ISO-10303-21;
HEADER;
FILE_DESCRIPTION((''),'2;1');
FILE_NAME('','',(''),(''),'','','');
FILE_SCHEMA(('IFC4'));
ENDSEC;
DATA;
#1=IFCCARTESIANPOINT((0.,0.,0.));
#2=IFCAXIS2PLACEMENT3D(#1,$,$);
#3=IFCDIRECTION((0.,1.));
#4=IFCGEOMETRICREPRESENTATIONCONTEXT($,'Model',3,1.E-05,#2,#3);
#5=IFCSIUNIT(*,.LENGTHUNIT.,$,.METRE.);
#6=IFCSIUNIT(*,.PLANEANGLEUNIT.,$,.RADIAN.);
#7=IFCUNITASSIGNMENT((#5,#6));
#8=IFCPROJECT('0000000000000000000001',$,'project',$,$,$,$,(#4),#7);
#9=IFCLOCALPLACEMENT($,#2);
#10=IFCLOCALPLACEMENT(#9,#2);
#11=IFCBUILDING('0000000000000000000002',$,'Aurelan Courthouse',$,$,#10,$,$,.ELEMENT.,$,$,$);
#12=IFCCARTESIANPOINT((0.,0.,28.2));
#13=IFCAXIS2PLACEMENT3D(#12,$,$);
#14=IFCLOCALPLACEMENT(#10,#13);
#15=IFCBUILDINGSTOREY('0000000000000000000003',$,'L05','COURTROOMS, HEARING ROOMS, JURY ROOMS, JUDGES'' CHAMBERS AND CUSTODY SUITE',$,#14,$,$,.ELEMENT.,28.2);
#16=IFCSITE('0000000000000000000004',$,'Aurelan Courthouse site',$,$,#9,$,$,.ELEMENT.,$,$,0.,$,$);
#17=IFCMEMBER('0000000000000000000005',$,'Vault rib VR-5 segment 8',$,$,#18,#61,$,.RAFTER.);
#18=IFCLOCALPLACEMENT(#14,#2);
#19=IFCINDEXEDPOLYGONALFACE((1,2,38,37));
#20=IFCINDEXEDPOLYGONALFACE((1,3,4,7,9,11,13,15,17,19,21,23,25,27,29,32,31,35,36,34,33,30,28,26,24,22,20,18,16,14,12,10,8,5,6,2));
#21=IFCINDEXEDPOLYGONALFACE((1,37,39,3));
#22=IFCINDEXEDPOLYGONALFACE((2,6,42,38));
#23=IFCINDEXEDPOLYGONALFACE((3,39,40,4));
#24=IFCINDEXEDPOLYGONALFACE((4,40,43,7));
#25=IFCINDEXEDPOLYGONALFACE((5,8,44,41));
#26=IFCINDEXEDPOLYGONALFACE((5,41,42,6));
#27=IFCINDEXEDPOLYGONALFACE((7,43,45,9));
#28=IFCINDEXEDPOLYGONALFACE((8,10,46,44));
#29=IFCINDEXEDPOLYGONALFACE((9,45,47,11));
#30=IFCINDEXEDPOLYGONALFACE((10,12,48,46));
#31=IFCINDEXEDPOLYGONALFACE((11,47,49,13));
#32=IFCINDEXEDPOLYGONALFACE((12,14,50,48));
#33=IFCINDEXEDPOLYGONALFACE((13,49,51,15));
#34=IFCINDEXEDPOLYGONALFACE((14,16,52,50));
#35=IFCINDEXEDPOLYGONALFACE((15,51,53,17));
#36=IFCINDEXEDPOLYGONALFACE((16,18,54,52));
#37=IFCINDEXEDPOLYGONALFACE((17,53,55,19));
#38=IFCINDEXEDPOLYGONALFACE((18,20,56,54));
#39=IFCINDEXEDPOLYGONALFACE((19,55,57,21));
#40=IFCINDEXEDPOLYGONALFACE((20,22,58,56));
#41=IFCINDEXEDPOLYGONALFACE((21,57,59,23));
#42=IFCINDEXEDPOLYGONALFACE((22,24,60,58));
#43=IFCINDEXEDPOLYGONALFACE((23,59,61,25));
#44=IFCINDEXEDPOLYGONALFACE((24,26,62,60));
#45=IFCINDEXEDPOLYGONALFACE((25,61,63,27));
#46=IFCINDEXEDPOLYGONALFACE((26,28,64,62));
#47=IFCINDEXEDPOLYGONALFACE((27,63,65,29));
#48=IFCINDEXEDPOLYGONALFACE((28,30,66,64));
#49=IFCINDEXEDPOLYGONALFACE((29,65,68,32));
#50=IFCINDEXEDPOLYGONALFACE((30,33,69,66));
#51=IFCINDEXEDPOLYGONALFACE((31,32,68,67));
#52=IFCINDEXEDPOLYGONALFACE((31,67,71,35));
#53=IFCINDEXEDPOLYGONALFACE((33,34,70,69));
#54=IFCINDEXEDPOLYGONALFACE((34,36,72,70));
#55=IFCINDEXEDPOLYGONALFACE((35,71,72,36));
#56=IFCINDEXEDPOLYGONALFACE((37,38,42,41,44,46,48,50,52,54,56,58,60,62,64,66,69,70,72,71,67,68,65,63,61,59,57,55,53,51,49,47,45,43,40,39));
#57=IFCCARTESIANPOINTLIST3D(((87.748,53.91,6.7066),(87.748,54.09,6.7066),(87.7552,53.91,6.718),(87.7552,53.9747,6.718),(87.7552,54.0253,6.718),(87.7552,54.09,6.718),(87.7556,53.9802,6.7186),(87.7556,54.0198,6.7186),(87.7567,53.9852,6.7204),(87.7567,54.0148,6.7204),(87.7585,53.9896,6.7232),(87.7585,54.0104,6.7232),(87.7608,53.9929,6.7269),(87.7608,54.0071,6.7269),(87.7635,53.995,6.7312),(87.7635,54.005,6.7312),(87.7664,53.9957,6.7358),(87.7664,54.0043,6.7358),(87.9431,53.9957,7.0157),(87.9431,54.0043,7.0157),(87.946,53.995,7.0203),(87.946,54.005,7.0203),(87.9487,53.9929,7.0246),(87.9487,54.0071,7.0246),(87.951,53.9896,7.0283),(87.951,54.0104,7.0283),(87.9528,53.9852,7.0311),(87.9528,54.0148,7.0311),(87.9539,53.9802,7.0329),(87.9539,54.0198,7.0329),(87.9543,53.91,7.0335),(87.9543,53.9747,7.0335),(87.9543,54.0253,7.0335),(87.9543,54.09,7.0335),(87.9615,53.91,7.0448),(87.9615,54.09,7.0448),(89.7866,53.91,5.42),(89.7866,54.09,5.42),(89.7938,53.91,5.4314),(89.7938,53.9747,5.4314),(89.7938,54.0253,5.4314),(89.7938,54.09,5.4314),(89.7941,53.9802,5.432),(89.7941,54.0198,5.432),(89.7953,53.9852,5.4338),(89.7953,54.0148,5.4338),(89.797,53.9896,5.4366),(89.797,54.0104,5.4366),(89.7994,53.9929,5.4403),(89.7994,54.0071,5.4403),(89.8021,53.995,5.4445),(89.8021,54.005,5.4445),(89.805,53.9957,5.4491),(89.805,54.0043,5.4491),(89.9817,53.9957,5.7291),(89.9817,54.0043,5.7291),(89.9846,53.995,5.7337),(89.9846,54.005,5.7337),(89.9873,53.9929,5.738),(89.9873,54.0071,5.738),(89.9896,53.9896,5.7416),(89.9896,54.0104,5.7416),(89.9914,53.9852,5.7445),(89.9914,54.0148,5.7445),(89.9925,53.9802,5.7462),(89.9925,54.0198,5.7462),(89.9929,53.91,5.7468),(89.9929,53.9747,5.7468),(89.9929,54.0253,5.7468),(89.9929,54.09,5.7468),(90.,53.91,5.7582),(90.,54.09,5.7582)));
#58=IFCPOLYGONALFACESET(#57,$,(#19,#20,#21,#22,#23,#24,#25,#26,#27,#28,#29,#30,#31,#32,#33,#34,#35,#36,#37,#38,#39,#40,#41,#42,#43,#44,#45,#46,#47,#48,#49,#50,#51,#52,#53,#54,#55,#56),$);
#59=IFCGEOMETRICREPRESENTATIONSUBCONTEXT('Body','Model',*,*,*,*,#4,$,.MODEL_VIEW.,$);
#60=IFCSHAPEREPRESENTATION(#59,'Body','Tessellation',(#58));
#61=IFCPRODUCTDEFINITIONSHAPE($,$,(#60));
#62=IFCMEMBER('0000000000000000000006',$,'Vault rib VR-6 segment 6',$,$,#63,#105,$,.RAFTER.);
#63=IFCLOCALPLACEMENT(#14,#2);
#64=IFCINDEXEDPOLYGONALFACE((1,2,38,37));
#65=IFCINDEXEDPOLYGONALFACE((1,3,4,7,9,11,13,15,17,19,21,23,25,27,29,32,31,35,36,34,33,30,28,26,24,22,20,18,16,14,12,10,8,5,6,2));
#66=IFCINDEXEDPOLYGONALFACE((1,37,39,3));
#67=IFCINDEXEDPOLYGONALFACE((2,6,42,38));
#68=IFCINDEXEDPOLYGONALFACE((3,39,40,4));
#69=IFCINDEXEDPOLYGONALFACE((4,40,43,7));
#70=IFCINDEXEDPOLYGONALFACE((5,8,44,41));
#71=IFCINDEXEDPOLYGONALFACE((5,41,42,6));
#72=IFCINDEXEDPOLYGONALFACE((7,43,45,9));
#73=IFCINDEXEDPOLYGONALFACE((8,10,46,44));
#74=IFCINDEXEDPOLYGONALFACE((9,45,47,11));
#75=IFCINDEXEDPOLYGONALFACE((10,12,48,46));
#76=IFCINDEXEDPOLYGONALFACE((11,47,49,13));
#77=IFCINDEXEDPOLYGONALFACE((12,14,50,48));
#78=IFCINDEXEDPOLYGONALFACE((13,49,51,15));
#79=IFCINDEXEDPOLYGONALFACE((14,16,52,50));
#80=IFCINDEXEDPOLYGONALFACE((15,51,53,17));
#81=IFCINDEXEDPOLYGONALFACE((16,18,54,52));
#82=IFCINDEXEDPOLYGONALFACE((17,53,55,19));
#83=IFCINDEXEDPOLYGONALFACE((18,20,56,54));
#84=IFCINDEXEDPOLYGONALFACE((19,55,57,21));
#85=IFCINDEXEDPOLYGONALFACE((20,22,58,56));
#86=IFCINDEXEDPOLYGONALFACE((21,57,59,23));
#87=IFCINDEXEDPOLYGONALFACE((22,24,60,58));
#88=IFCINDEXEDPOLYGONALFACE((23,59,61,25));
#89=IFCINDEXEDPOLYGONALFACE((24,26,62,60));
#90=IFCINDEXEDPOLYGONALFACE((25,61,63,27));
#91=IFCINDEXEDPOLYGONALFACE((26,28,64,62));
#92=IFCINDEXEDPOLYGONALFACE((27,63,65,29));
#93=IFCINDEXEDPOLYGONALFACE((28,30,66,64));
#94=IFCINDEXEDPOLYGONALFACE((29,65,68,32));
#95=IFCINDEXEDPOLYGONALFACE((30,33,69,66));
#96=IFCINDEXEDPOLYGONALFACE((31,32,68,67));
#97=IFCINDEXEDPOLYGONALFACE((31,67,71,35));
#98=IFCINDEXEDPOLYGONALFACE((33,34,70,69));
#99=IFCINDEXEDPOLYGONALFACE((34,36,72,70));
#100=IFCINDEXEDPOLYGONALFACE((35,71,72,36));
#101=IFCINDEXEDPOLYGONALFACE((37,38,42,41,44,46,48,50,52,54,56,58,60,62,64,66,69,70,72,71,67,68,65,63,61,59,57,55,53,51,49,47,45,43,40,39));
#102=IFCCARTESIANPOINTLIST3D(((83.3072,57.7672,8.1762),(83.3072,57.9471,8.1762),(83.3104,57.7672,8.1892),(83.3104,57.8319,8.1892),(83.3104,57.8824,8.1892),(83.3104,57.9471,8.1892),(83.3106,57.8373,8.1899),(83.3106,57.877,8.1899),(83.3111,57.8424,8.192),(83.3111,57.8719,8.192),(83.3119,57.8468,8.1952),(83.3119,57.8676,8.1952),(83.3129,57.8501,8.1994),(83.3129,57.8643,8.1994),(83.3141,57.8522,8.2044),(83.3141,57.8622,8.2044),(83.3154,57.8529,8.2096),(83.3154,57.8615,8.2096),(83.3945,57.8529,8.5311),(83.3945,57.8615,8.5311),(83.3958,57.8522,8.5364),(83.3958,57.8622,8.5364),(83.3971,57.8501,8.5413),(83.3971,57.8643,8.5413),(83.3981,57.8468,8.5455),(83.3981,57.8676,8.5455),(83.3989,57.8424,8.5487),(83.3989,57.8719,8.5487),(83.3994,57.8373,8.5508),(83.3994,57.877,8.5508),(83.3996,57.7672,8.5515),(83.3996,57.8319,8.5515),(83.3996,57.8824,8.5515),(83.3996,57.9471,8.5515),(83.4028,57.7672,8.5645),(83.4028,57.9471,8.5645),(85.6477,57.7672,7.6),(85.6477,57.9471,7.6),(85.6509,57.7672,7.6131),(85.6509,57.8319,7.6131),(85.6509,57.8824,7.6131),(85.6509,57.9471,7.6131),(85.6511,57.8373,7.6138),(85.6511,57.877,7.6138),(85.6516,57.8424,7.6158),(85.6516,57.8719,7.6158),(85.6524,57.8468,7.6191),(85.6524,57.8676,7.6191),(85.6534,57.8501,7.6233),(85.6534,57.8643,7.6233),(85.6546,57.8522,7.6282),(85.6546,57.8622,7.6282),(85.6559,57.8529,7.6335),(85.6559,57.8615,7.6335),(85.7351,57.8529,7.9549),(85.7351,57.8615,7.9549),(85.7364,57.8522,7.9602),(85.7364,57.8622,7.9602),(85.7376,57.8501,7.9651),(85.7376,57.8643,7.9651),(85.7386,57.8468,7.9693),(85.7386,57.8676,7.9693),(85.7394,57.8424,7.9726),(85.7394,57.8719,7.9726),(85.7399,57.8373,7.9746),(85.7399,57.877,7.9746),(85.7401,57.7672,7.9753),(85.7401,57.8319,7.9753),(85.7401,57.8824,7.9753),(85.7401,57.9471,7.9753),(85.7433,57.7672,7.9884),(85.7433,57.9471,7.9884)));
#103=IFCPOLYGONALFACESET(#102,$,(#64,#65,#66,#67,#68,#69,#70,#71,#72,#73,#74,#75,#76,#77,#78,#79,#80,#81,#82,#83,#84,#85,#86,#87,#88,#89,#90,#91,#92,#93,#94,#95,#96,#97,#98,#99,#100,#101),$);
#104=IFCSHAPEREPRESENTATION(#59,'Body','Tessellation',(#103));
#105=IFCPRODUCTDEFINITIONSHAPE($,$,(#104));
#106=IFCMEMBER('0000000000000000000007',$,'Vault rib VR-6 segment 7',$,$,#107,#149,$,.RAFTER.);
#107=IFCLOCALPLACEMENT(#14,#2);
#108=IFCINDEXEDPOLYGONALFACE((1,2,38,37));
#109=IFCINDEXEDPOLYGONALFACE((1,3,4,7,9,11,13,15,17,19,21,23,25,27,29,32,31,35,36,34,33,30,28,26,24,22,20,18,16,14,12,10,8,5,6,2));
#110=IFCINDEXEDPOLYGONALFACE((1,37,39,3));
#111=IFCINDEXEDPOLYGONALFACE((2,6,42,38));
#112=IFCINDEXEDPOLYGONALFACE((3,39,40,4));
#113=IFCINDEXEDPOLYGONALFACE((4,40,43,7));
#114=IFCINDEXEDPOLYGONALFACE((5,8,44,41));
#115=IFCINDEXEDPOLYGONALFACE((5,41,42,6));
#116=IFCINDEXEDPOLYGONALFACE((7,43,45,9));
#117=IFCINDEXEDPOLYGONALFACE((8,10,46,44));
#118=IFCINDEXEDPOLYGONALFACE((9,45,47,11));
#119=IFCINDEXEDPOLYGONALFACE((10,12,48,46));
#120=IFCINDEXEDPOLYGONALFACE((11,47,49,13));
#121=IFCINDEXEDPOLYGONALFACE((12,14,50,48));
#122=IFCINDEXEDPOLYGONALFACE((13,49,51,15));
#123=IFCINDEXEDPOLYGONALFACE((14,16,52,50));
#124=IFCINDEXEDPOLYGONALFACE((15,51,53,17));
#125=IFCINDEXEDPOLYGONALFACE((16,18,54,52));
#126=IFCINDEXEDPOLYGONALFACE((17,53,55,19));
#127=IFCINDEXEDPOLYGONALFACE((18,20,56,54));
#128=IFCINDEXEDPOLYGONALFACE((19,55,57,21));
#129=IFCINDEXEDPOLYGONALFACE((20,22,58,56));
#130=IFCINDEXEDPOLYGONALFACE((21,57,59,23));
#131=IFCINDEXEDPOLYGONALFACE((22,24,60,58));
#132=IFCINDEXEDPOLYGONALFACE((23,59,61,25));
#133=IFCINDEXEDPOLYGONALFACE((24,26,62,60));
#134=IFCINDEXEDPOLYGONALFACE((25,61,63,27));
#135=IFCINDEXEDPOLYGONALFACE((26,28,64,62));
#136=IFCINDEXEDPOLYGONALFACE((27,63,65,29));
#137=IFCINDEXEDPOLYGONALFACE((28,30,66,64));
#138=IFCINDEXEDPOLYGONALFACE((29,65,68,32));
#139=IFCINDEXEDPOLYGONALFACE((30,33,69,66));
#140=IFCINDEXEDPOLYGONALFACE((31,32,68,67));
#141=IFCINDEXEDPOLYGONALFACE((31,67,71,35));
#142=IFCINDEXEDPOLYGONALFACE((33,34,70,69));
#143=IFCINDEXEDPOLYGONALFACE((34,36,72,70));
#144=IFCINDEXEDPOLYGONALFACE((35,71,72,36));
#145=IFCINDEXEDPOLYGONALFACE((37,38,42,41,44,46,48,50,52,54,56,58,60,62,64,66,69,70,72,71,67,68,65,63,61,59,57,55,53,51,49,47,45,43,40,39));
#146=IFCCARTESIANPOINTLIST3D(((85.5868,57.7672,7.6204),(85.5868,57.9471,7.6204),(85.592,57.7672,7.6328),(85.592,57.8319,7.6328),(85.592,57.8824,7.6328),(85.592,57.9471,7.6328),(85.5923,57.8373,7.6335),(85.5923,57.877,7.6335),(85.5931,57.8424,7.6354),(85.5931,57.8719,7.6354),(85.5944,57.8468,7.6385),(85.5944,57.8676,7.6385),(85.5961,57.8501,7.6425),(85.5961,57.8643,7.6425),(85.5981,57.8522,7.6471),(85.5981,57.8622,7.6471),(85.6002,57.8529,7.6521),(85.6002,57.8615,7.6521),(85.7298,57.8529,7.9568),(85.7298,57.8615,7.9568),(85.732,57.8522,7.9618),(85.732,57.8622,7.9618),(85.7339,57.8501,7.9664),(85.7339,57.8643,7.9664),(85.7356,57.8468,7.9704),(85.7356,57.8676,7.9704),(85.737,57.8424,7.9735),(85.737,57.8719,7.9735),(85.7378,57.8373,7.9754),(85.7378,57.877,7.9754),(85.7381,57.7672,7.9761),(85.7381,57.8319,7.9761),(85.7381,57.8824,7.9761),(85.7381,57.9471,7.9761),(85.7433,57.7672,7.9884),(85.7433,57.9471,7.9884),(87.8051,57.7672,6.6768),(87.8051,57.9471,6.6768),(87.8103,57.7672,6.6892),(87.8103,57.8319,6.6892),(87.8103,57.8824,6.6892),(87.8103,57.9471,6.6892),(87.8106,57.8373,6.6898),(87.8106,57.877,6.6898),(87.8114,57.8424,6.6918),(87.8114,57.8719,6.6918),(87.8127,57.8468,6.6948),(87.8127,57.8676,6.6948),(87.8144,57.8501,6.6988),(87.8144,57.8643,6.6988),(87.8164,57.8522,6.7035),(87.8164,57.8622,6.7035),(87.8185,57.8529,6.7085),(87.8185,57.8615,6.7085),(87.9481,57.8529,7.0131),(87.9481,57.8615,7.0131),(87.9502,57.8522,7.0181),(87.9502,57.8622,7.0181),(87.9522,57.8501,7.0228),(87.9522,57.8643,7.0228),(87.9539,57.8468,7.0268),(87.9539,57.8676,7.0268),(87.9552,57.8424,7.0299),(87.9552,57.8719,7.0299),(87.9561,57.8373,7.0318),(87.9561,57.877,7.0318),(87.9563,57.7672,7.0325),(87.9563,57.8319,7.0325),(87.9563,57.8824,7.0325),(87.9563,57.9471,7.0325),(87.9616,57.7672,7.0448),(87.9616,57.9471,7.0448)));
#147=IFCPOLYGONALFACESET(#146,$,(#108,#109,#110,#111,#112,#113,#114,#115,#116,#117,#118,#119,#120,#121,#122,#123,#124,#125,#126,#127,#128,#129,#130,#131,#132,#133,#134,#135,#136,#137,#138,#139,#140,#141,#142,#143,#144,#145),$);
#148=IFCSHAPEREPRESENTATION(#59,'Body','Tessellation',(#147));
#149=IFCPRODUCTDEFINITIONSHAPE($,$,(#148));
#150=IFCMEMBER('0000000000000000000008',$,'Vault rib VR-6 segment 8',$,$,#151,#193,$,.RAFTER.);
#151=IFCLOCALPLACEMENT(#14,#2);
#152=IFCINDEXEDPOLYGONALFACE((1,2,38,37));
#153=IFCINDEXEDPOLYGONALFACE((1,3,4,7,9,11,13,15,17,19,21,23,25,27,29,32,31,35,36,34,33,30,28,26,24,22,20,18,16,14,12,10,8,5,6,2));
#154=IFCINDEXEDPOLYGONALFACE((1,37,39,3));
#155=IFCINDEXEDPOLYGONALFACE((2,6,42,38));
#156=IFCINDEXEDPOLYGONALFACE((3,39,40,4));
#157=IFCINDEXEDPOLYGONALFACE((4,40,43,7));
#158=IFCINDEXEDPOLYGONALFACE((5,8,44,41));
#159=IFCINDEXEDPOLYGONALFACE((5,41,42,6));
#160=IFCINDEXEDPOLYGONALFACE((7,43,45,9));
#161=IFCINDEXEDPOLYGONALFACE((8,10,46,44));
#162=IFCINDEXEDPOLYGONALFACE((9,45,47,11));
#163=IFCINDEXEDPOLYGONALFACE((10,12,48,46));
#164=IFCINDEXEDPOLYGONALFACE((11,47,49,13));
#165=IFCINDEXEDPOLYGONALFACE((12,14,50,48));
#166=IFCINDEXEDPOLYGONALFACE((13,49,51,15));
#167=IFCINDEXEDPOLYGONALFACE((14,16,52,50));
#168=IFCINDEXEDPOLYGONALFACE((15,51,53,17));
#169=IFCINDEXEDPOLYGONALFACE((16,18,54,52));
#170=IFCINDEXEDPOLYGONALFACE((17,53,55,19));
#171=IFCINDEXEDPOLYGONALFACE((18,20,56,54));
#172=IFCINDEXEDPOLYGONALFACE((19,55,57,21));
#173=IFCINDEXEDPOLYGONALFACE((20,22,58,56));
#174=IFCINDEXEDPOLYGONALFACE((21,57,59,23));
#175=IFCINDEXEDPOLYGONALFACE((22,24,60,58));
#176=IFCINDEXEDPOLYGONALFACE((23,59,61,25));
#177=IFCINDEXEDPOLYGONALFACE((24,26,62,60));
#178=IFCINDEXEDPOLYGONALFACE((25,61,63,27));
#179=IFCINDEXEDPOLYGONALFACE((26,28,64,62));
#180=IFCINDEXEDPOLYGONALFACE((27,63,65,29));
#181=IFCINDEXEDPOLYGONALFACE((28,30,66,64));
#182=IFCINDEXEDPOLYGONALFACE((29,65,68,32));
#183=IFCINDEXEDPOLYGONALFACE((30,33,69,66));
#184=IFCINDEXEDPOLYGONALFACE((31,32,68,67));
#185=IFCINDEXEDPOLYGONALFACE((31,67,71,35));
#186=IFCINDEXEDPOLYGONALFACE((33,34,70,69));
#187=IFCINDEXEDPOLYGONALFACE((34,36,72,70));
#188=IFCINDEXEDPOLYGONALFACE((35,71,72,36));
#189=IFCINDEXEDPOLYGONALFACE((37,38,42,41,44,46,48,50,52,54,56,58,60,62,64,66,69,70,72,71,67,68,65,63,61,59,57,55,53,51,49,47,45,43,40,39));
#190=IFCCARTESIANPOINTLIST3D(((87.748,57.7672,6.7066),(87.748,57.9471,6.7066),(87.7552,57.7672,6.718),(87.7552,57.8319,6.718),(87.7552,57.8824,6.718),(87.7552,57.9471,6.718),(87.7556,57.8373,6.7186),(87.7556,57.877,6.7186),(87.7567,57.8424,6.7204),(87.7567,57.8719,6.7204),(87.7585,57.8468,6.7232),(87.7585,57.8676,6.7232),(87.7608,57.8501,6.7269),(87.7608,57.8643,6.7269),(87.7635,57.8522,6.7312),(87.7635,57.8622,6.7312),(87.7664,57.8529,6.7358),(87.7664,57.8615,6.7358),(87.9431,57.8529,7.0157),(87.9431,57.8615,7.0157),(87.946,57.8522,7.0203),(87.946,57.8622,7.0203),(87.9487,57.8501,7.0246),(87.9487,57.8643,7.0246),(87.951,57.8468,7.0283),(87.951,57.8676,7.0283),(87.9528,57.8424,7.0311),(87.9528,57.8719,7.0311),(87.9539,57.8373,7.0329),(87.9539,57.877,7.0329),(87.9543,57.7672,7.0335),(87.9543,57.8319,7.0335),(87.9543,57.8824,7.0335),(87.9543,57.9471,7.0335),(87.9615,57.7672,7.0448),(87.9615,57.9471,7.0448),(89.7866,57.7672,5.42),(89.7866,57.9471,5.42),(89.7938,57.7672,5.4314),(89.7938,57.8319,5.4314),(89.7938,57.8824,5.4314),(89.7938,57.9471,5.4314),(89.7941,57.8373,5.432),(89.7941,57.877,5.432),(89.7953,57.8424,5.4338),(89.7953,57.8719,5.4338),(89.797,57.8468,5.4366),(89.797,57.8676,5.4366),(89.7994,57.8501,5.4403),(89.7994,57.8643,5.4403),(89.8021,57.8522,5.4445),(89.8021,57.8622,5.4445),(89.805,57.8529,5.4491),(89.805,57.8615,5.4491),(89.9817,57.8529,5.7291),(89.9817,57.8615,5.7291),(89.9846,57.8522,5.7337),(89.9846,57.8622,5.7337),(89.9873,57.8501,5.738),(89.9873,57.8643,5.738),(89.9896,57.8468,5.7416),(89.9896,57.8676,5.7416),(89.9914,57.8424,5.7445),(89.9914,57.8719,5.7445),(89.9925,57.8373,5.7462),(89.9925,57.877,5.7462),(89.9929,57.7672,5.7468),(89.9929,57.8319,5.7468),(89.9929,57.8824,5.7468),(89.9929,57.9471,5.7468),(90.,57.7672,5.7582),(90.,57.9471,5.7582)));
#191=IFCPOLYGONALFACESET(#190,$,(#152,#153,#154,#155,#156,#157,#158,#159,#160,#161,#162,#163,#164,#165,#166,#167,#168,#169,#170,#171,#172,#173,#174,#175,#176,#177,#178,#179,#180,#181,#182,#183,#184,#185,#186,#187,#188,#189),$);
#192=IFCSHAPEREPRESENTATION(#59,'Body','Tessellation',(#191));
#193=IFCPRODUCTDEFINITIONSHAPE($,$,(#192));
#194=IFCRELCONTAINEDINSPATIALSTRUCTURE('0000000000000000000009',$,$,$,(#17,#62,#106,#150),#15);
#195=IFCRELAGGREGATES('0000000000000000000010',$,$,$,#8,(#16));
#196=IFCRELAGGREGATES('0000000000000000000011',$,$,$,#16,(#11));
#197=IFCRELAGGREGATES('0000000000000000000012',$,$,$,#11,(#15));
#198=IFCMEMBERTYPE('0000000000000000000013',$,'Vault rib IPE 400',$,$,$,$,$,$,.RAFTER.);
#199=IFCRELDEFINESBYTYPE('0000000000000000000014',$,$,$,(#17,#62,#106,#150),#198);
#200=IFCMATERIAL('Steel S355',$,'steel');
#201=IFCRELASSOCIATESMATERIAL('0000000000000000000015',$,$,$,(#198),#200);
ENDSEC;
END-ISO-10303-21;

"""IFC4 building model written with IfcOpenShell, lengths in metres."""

from ifc_helpers import new_model, si_unit, direction, frame, origin, origin_2d, place, context, subcontext, project, spatial, i_section, extrude, material, material_profile, profile_set, type_object, element, save


model = new_model("IFC4")

# Units and contexts
model_context = context("Model", 3, precision=1e-05, world=origin(), true_north=direction((0.0, 1.0)))
body_context = subcontext(model_context, "Body", "Model", "MODEL_VIEW")
ifc_project = project(units=[si_unit("LENGTHUNIT", "METRE"), si_unit("PLANEANGLEUNIT", "RADIAN")], contexts=[model_context])

# Site, building, storey
site_placement = place(None, origin())
site = spatial("IfcSite", under=ifc_project, at=site_placement, Name="Aurelan Courthouse site", CompositionType="ELEMENT", RefElevation=0.0)
building_placement = place(site_placement, origin())
building = spatial("IfcBuilding", under=site, at=building_placement, Name="Aurelan Courthouse", CompositionType="ELEMENT")
storey_placement = place(building_placement, frame((0.0, 0.0, 28.2)))
storey = spatial("IfcBuildingStorey", under=building, at=storey_placement, Name="L05", Description="COURTROOMS, HEARING ROOMS, JURY ROOMS, JUDGES' CHAMBERS AND CUSTODY SUITE", CompositionType="ELEMENT", Elevation=28.2)

# Members
ifc_material_1 = material(Name="Steel S355", Category="steel")
ifc_material_profile_1 = material_profile(ifc_material_1, i_section(OverallWidth=0.1799, OverallDepth=0.3999, WebThickness=0.0085, FlangeThickness=0.0134, FilletRadius=0.021, at=origin_2d()), Name="IPE 400")
ifc_profile_set_1 = profile_set([ifc_material_profile_1], Name="Steel S355")
member_type_1 = type_object("IfcMemberType", Name="Vault rib IPE 400", PredefinedType="RAFTER", material=ifc_profile_set_1)
for number, where, z_axis, x_axis, name in (
    (1, (87.8547, 54.0, 6.8757), (0.845657, 0.0, -0.533726), (0.0, 1.0, 0.0), "Vault rib VR-5 segment 8"),
):
    element("IfcMember", number, at=place(storey_placement, frame(where, z_axis=z_axis, x_axis=x_axis)), inside=storey, type_object=member_type_1, Name=name, PredefinedType="RAFTER", context=body_context, shape_type="SweptSolid", body=[
        extrude(i_section(OverallWidth=0.1799, OverallDepth=0.3999, WebThickness=0.0085, FlangeThickness=0.0134, FilletRadius=0.021, at=origin_2d()), origin(), (0.0, 0.0, 1.0), 2.4106),
    ])
member_1_placement = place(storey_placement, frame((83.355, 57.8572, 8.3704), z_axis=(0.971012, 0.0, -0.239031), x_axis=(0.0, 1.0, 0.0)))
element("IfcMember", 2, at=member_1_placement, inside=storey, type_object=member_type_1, Name="Vault rib VR-6 segment 6", PredefinedType="RAFTER", context=body_context, shape_type="SweptSolid", body=[
    extrude(i_section(OverallWidth=0.1799, OverallDepth=0.3999, WebThickness=0.0085, FlangeThickness=0.0134, FilletRadius=0.021, at=origin_2d()), origin(), (0.0, 0.0, 1.0), 2.4104),
])
for number, where, z_axis, x_axis, name in (
    (3, (85.665, 57.8572, 7.8044), (0.920205, 0.0, -0.391437), (0.0, 1.0, 0.0), "Vault rib VR-6 segment 7"),
    (4, (87.8547, 57.8572, 6.8757), (0.845657, 0.0, -0.533726), (0.0, 1.0, 0.0), "Vault rib VR-6 segment 8"),
):
    element("IfcMember", number, at=place(storey_placement, frame(where, z_axis=z_axis, x_axis=x_axis)), inside=storey, type_object=member_type_1, Name=name, PredefinedType="RAFTER", context=body_context, shape_type="SweptSolid", body=[
        extrude(i_section(OverallWidth=0.1799, OverallDepth=0.3999, WebThickness=0.0085, FlangeThickness=0.0134, FilletRadius=0.021, at=origin_2d()), origin(), (0.0, 0.0, 1.0), 2.4106),
    ])

save(model, "model.ifc")
